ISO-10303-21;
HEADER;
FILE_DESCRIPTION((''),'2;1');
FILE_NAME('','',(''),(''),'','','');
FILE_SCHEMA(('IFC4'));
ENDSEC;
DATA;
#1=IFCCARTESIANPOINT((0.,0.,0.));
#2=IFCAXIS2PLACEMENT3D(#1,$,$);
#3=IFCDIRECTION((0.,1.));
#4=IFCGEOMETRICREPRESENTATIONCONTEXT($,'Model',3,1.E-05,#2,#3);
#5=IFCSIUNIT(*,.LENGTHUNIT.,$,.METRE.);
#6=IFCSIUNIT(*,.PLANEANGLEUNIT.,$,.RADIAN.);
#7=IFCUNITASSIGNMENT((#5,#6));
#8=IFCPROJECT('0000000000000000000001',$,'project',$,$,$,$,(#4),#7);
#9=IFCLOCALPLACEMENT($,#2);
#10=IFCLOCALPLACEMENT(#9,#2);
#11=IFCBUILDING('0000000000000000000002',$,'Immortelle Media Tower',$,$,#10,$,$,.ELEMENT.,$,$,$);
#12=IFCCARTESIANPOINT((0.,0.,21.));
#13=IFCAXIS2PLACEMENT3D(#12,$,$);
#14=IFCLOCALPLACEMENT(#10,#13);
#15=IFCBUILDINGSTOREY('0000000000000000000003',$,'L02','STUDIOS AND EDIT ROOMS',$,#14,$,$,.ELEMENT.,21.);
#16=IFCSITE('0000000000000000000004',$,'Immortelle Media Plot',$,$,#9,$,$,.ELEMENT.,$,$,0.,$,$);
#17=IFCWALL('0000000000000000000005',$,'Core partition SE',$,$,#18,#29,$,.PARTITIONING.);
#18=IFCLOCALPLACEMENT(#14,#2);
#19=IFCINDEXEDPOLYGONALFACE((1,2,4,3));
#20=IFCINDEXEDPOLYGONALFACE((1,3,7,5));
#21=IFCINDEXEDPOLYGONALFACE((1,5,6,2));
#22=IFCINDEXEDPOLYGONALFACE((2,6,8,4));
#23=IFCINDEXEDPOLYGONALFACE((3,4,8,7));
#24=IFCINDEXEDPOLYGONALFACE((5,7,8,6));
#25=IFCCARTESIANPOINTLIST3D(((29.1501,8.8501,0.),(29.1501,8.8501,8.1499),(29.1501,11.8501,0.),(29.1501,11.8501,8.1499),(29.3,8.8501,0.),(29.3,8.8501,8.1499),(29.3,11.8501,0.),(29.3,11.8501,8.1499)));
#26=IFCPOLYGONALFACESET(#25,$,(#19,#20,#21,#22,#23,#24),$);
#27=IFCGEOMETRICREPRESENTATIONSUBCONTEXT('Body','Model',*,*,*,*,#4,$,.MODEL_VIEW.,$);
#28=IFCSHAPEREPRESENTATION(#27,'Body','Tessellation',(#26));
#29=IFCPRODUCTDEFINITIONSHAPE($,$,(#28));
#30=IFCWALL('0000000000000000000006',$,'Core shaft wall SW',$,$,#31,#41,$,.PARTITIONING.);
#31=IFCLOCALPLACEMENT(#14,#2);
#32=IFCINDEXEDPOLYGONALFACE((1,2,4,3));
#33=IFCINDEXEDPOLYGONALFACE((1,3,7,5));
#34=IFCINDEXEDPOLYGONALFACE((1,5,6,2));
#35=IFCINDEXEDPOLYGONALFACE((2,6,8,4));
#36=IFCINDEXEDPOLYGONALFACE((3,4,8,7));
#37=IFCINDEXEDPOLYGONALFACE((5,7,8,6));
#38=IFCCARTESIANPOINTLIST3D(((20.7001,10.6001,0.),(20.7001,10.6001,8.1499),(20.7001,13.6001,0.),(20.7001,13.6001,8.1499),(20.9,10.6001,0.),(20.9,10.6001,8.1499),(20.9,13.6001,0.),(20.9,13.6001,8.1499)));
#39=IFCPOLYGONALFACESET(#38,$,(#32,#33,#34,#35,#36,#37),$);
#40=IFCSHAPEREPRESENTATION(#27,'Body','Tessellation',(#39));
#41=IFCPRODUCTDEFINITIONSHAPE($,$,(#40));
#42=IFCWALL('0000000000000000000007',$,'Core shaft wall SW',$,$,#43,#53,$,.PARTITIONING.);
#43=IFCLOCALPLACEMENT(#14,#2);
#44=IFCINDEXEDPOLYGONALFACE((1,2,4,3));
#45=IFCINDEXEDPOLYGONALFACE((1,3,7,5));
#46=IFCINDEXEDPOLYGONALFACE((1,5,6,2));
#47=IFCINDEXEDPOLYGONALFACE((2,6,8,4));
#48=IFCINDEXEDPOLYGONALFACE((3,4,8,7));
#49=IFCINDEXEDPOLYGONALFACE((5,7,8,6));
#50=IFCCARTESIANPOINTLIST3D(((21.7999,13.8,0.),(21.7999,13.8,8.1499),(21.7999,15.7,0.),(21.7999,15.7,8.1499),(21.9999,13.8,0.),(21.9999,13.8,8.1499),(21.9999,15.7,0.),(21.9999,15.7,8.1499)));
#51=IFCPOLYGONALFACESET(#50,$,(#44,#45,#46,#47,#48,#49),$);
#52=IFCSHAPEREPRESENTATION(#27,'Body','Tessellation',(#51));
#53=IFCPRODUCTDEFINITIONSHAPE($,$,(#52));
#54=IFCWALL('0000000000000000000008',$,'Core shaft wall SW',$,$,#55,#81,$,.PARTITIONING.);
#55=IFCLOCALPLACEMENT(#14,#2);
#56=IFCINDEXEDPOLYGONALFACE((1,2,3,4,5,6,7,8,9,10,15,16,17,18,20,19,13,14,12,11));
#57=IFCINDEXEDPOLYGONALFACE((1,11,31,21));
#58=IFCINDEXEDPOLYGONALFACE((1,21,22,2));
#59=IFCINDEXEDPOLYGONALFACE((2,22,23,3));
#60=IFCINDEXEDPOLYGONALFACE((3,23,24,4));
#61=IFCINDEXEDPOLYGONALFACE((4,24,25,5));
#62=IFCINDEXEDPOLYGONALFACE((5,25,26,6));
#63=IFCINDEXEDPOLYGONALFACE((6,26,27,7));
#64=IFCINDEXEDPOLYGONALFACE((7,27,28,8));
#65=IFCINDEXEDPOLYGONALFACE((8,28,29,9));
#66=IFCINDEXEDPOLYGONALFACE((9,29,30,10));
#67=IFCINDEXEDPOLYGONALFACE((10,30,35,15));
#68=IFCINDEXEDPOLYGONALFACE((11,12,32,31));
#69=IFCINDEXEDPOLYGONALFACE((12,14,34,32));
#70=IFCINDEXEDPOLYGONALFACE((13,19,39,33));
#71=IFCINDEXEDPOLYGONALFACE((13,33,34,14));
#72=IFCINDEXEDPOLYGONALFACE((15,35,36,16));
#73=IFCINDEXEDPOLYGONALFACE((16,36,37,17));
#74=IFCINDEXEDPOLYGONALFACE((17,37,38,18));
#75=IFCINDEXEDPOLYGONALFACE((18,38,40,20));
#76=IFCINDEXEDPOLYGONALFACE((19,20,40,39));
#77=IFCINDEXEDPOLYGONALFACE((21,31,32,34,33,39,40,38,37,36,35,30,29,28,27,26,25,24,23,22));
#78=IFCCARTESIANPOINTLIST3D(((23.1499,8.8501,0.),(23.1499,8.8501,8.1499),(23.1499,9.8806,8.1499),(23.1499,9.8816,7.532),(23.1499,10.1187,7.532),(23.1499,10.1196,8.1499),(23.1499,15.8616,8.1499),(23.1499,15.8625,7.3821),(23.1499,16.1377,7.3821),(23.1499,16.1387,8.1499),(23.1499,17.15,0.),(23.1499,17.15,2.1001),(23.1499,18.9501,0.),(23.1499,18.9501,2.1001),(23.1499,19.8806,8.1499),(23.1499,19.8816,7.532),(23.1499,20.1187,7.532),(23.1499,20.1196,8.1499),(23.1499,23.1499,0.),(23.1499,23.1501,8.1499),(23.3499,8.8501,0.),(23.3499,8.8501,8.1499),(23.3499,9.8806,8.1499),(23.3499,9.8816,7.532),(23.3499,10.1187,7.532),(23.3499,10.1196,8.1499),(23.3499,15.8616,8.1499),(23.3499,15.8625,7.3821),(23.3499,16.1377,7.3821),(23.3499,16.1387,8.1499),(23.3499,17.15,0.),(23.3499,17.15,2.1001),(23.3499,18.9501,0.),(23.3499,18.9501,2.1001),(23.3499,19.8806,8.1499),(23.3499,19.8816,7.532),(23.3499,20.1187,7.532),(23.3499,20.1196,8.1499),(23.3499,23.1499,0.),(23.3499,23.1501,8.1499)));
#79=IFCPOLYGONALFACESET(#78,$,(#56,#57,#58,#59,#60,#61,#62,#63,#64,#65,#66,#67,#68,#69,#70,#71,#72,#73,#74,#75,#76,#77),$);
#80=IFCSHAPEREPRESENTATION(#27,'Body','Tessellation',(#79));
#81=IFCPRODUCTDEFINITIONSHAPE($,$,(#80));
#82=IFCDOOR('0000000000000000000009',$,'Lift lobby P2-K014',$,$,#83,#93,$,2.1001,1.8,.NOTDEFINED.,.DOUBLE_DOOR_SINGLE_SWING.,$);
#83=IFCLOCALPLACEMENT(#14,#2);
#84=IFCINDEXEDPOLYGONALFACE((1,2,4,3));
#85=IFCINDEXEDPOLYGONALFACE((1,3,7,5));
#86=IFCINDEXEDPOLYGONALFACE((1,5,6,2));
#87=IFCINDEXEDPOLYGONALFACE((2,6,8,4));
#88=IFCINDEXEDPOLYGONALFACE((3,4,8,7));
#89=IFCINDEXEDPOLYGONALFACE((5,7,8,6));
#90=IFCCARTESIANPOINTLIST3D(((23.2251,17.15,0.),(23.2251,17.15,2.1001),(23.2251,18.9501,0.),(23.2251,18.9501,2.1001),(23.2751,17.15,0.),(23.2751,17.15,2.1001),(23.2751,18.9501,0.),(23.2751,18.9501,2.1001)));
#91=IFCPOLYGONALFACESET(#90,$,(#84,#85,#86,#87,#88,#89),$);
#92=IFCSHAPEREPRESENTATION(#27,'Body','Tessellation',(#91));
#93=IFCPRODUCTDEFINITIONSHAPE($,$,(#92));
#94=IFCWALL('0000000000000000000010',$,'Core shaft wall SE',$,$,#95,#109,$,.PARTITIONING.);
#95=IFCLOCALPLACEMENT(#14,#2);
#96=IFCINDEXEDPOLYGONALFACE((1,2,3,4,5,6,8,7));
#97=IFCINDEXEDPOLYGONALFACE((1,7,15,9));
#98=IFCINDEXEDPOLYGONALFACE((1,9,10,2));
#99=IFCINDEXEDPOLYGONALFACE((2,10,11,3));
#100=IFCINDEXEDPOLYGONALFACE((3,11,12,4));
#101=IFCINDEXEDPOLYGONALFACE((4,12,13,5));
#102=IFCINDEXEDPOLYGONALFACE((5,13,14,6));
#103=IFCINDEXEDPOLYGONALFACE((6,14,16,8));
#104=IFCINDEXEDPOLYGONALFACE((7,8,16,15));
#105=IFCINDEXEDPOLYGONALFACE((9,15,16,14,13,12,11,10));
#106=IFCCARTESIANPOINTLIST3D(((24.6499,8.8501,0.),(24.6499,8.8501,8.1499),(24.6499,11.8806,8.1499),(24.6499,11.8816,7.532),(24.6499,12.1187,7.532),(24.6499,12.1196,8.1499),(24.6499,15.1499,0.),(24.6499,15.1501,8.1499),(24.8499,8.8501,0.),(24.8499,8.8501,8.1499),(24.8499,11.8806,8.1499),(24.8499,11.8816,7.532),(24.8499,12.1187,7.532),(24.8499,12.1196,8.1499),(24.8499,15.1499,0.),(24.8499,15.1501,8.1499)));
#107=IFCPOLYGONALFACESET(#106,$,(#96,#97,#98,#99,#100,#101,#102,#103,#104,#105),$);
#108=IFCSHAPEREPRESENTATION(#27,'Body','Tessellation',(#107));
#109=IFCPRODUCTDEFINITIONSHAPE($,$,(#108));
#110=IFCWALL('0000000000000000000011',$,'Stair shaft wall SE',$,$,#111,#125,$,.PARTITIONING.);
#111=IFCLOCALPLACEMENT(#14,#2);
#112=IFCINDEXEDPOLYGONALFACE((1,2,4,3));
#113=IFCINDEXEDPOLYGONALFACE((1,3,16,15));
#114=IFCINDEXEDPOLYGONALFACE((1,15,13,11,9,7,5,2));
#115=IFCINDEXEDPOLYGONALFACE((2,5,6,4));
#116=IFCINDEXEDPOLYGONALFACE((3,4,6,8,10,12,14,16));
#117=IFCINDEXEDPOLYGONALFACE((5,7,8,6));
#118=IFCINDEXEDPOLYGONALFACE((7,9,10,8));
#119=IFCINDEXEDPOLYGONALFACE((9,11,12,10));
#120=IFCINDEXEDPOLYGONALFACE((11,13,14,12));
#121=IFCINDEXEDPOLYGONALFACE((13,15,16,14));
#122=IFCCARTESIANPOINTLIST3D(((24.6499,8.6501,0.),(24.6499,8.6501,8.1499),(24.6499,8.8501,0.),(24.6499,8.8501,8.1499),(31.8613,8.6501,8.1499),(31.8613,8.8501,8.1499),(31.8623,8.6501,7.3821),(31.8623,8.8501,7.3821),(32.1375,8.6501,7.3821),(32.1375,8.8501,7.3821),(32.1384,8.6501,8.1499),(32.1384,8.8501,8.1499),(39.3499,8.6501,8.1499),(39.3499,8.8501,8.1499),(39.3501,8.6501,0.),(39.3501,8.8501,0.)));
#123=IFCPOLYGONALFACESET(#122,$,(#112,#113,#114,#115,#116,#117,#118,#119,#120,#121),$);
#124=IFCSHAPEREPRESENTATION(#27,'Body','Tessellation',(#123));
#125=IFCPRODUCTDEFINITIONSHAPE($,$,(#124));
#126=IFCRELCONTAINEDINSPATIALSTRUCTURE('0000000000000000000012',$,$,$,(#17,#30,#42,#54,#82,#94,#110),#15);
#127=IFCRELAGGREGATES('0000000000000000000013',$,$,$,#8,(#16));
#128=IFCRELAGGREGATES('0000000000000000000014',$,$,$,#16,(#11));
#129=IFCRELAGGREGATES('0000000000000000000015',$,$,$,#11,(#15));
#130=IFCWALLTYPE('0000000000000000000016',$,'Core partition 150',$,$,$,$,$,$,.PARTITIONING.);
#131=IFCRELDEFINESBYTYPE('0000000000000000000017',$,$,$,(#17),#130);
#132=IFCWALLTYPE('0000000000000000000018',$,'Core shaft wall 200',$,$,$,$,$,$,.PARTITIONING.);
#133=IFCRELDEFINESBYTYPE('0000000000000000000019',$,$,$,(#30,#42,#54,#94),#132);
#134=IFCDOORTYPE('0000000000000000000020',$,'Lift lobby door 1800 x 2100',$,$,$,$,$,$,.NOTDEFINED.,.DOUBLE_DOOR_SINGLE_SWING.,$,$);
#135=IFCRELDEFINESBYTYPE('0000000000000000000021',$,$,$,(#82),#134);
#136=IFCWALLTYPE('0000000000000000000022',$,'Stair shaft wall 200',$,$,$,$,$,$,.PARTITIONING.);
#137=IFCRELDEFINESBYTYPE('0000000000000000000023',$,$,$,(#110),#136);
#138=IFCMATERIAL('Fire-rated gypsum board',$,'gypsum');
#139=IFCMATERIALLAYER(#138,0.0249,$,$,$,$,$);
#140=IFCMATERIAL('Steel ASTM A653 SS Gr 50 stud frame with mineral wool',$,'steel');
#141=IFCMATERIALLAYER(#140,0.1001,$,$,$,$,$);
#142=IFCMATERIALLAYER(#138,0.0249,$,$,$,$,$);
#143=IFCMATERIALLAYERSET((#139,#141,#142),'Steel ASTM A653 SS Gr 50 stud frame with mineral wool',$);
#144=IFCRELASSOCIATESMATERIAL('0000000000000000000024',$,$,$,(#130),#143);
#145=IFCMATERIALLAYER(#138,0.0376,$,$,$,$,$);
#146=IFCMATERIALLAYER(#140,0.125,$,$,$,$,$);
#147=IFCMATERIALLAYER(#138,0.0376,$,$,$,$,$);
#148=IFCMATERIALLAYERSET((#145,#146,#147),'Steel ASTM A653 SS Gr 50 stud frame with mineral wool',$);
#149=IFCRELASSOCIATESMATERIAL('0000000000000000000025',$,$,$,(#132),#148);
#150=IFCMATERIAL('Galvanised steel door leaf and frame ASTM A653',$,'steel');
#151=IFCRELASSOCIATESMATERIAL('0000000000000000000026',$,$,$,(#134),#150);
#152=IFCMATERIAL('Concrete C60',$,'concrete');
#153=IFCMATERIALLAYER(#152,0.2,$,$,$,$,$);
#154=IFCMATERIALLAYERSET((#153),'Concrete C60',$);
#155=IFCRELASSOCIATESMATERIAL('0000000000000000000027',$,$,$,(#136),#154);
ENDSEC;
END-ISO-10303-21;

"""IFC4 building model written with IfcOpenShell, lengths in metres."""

from ifc_helpers import new_model, si_unit, direction, frame, frame_2d, origin, place, context, subcontext, project, spatial, polyline, rectangle, outline, extrude, material, layer, layer_set, type_object, element, fill, save


model = new_model("IFC4")

# Units and contexts
model_context = context("Model", 3, precision=1e-05, world=origin(), true_north=direction((0.0, 1.0)))
body_context = subcontext(model_context, "Body", "Model", "MODEL_VIEW")
ifc_project = project(units=[si_unit("LENGTHUNIT", "METRE"), si_unit("PLANEANGLEUNIT", "RADIAN")], contexts=[model_context])

# Site, building, storey
site_placement = place(None, origin())
site = spatial("IfcSite", under=ifc_project, at=site_placement, Name="Immortelle Media Plot", CompositionType="ELEMENT", RefElevation=0.0)
building_placement = place(site_placement, origin())
building = spatial("IfcBuilding", under=site, at=building_placement, Name="Immortelle Media Tower", CompositionType="ELEMENT")
storey_placement = place(building_placement, frame((0.0, 0.0, 21.0)))
storey = spatial("IfcBuildingStorey", under=building, at=storey_placement, Name="L02", Description="STUDIOS AND EDIT ROOMS", CompositionType="ELEMENT", Elevation=21.0)

# Shared definitions
ifc_material_1 = material(Name="Fire-rated gypsum board", Category="gypsum")
ifc_layer_1 = layer(ifc_material_1, 0.0249)
ifc_material_2 = material(Name="Steel ASTM A653 SS Gr 50 stud frame with mineral wool", Category="steel")
ifc_layer_2 = layer(ifc_material_2, 0.1001)
ifc_layer_3 = layer(ifc_material_1, 0.0249)
ifc_layer_set_1 = layer_set([ifc_layer_1, ifc_layer_2, ifc_layer_3], Name="Steel ASTM A653 SS Gr 50 stud frame with mineral wool")
wall_type_1 = type_object("IfcWallType", Name="Core partition 150", PredefinedType="PARTITIONING", material=ifc_layer_set_1)

# Walls
for number, where, z_axis, x_axis, name in (
    (1, (29.2251, 8.8501, 0.0), (0.0, 0.0, 1.0), (0.0, 1.0, 0.0), "Core partition SE"),
):
    element("IfcWall", number, at=place(storey_placement, frame(where, z_axis=z_axis, x_axis=x_axis)), inside=storey, type_object=wall_type_1, Name=name, PredefinedType="PARTITIONING", context=body_context, shape_type="SweptSolid", body=[
        extrude(rectangle(XDim=3.0, YDim=0.1499, at=frame_2d((1.5, 0.0))), origin(), (0.0, 0.0, 1.0), 8.1499),
    ])
ifc_layer_4 = layer(ifc_material_1, 0.0376)
ifc_layer_5 = layer(ifc_material_2, 0.125)
ifc_layer_6 = layer(ifc_material_1, 0.0376)
ifc_layer_set_2 = layer_set([ifc_layer_4, ifc_layer_5, ifc_layer_6], Name="Steel ASTM A653 SS Gr 50 stud frame with mineral wool")
wall_type_2 = type_object("IfcWallType", Name="Core shaft wall 200", PredefinedType="PARTITIONING", material=ifc_layer_set_2)
wall_1_placement = place(storey_placement, frame((20.8, 10.6001, 0.0), z_axis=(0.0, 0.0, 1.0), x_axis=(0.0, 1.0, 0.0)))
element("IfcWall", 2, at=wall_1_placement, inside=storey, type_object=wall_type_2, Name="Core shaft wall SW", PredefinedType="PARTITIONING", context=body_context, shape_type="SweptSolid", body=[
    extrude(rectangle(XDim=3.0, YDim=0.2, at=frame_2d((1.5, 0.0))), origin(), (0.0, 0.0, 1.0), 8.1499),
])
wall_2_placement = place(storey_placement, frame((21.8999, 13.8, 0.0), z_axis=(0.0, 0.0, 1.0), x_axis=(0.0, 1.0, 0.0)))
element("IfcWall", 3, at=wall_2_placement, inside=storey, type_object=wall_type_2, Name="Core shaft wall SW", PredefinedType="PARTITIONING", context=body_context, shape_type="SweptSolid", body=[
    extrude(rectangle(XDim=1.8999, YDim=0.2, at=frame_2d((0.95, 0.0))), origin(), (0.0, 0.0, 1.0), 8.1499),
])

# Wall, opening, door
wall_3_placement = place(storey_placement, frame((23.25, 8.8501, 0.0), z_axis=(0.0, 0.0, 1.0), x_axis=(0.0, 1.0, 0.0)))
wall_3 = element("IfcWall", 4, at=wall_3_placement, inside=storey, type_object=wall_type_2, Name="Core shaft wall SW", PredefinedType="PARTITIONING", context=body_context, shape_type="SweptSolid", body=[
    extrude(outline(polyline([(0.0, 0.0), (14.2998, 0.0), (14.3, 8.1499), (11.2695, 8.1499), (11.2686, 7.532), (11.0315, 7.532), (11.0305, 8.1499), (7.2886, 8.1499), (7.2876, 7.3821), (7.0125, 7.3821), (7.0115, 8.1499), (1.2695, 8.1499), (1.2686, 7.532), (1.0315, 7.532), (1.0305, 8.1499), (0.0, 8.1499), (0.0, 0.0)])), frame((0.0, 0.1001, 0.0), z_axis=(0.0, -1.0, 0.0), x_axis=(1.0, 0.0, 0.0)), (0.0, 0.0, 1.0), 0.2),
])
opening_1_placement = place(wall_3_placement, frame((8.3, 0.0, 0.0)))
opening_1 = element("IfcOpeningElement", 5, at=opening_1_placement, cuts=wall_3, PredefinedType="OPENING", context=body_context, shape_type="SweptSolid", body=[
    extrude(rectangle(XDim=1.8, YDim=2.1001, at=frame_2d((0.8999, 1.05))), frame((0.0, 0.1099, 0.0), z_axis=(0.0, -1.0, 0.0), x_axis=(1.0, 0.0, 0.0)), (0.0, 0.0, 1.0), 0.22),
])
ifc_material_3 = material(Name="Galvanised steel door leaf and frame ASTM A653", Category="steel")
door_type_1 = type_object("IfcDoorType", Name="Lift lobby door 1800 x 2100", OperationType="DOUBLE_DOOR_SINGLE_SWING", PredefinedType="NOTDEFINED", material=ifc_material_3)
door_1_placement = place(opening_1_placement, origin())
door_1 = element("IfcDoor", 6, at=door_1_placement, inside=storey, type_object=door_type_1, Name="Lift lobby P2-K014", OperationType="DOUBLE_DOOR_SINGLE_SWING", OverallHeight=2.1001, OverallWidth=1.8, PredefinedType="NOTDEFINED", context=body_context, shape_type="SweptSolid", body=[
    extrude(rectangle(XDim=1.8, YDim=2.1001, at=frame_2d((0.8999, 1.05))), frame((0.0, 0.0249, 0.0), z_axis=(0.0, -1.0, 0.0), x_axis=(1.0, 0.0, 0.0)), (0.0, 0.0, 1.0), 0.05),
])
fill(opening_1, door_1)

# Walls
wall_4_placement = place(storey_placement, frame((24.75, 8.8501, 0.0), z_axis=(0.0, 0.0, 1.0), x_axis=(0.0, 1.0, 0.0)))
element("IfcWall", 7, at=wall_4_placement, inside=storey, type_object=wall_type_2, Name="Core shaft wall SE", PredefinedType="PARTITIONING", context=body_context, shape_type="SweptSolid", body=[
    extrude(outline(polyline([(0.0, 0.0), (6.2998, 0.0), (6.3, 8.1499), (3.2695, 8.1499), (3.2686, 7.532), (3.0315, 7.532), (3.0305, 8.1499), (0.0, 8.1499), (0.0, 0.0)])), frame((0.0, 0.1001, 0.0), z_axis=(0.0, -1.0, 0.0), x_axis=(1.0, 0.0, 0.0)), (0.0, 0.0, 1.0), 0.2),
])
ifc_material_4 = material(Name="Concrete C60", Category="concrete")
ifc_layer_7 = layer(ifc_material_4, 0.2)
ifc_layer_set_3 = layer_set([ifc_layer_7], Name="Concrete C60")
wall_type_3 = type_object("IfcWallType", Name="Stair shaft wall 200", PredefinedType="PARTITIONING", material=ifc_layer_set_3)
wall_5_placement = place(storey_placement, frame((24.6499, 8.75, 0.0), z_axis=(0.0, 0.0, 1.0), x_axis=(1.0, 0.0, 0.0)))
element("IfcWall", 8, at=wall_5_placement, inside=storey, type_object=wall_type_3, Name="Stair shaft wall SE", PredefinedType="PARTITIONING", context=body_context, shape_type="SweptSolid", body=[
    extrude(outline(polyline([(0.0, 0.0), (14.7002, 0.0), (14.7, 8.1499), (7.4885, 8.1499), (7.4875, 7.3821), (7.2124, 7.3821), (7.2114, 8.1499), (0.0, 8.1499), (0.0, 0.0)])), frame((0.0, 0.1001, 0.0), z_axis=(0.0, -1.0, 0.0), x_axis=(1.0, 0.0, 0.0)), (0.0, 0.0, 1.0), 0.2),
])

save(model, "model.ifc")
